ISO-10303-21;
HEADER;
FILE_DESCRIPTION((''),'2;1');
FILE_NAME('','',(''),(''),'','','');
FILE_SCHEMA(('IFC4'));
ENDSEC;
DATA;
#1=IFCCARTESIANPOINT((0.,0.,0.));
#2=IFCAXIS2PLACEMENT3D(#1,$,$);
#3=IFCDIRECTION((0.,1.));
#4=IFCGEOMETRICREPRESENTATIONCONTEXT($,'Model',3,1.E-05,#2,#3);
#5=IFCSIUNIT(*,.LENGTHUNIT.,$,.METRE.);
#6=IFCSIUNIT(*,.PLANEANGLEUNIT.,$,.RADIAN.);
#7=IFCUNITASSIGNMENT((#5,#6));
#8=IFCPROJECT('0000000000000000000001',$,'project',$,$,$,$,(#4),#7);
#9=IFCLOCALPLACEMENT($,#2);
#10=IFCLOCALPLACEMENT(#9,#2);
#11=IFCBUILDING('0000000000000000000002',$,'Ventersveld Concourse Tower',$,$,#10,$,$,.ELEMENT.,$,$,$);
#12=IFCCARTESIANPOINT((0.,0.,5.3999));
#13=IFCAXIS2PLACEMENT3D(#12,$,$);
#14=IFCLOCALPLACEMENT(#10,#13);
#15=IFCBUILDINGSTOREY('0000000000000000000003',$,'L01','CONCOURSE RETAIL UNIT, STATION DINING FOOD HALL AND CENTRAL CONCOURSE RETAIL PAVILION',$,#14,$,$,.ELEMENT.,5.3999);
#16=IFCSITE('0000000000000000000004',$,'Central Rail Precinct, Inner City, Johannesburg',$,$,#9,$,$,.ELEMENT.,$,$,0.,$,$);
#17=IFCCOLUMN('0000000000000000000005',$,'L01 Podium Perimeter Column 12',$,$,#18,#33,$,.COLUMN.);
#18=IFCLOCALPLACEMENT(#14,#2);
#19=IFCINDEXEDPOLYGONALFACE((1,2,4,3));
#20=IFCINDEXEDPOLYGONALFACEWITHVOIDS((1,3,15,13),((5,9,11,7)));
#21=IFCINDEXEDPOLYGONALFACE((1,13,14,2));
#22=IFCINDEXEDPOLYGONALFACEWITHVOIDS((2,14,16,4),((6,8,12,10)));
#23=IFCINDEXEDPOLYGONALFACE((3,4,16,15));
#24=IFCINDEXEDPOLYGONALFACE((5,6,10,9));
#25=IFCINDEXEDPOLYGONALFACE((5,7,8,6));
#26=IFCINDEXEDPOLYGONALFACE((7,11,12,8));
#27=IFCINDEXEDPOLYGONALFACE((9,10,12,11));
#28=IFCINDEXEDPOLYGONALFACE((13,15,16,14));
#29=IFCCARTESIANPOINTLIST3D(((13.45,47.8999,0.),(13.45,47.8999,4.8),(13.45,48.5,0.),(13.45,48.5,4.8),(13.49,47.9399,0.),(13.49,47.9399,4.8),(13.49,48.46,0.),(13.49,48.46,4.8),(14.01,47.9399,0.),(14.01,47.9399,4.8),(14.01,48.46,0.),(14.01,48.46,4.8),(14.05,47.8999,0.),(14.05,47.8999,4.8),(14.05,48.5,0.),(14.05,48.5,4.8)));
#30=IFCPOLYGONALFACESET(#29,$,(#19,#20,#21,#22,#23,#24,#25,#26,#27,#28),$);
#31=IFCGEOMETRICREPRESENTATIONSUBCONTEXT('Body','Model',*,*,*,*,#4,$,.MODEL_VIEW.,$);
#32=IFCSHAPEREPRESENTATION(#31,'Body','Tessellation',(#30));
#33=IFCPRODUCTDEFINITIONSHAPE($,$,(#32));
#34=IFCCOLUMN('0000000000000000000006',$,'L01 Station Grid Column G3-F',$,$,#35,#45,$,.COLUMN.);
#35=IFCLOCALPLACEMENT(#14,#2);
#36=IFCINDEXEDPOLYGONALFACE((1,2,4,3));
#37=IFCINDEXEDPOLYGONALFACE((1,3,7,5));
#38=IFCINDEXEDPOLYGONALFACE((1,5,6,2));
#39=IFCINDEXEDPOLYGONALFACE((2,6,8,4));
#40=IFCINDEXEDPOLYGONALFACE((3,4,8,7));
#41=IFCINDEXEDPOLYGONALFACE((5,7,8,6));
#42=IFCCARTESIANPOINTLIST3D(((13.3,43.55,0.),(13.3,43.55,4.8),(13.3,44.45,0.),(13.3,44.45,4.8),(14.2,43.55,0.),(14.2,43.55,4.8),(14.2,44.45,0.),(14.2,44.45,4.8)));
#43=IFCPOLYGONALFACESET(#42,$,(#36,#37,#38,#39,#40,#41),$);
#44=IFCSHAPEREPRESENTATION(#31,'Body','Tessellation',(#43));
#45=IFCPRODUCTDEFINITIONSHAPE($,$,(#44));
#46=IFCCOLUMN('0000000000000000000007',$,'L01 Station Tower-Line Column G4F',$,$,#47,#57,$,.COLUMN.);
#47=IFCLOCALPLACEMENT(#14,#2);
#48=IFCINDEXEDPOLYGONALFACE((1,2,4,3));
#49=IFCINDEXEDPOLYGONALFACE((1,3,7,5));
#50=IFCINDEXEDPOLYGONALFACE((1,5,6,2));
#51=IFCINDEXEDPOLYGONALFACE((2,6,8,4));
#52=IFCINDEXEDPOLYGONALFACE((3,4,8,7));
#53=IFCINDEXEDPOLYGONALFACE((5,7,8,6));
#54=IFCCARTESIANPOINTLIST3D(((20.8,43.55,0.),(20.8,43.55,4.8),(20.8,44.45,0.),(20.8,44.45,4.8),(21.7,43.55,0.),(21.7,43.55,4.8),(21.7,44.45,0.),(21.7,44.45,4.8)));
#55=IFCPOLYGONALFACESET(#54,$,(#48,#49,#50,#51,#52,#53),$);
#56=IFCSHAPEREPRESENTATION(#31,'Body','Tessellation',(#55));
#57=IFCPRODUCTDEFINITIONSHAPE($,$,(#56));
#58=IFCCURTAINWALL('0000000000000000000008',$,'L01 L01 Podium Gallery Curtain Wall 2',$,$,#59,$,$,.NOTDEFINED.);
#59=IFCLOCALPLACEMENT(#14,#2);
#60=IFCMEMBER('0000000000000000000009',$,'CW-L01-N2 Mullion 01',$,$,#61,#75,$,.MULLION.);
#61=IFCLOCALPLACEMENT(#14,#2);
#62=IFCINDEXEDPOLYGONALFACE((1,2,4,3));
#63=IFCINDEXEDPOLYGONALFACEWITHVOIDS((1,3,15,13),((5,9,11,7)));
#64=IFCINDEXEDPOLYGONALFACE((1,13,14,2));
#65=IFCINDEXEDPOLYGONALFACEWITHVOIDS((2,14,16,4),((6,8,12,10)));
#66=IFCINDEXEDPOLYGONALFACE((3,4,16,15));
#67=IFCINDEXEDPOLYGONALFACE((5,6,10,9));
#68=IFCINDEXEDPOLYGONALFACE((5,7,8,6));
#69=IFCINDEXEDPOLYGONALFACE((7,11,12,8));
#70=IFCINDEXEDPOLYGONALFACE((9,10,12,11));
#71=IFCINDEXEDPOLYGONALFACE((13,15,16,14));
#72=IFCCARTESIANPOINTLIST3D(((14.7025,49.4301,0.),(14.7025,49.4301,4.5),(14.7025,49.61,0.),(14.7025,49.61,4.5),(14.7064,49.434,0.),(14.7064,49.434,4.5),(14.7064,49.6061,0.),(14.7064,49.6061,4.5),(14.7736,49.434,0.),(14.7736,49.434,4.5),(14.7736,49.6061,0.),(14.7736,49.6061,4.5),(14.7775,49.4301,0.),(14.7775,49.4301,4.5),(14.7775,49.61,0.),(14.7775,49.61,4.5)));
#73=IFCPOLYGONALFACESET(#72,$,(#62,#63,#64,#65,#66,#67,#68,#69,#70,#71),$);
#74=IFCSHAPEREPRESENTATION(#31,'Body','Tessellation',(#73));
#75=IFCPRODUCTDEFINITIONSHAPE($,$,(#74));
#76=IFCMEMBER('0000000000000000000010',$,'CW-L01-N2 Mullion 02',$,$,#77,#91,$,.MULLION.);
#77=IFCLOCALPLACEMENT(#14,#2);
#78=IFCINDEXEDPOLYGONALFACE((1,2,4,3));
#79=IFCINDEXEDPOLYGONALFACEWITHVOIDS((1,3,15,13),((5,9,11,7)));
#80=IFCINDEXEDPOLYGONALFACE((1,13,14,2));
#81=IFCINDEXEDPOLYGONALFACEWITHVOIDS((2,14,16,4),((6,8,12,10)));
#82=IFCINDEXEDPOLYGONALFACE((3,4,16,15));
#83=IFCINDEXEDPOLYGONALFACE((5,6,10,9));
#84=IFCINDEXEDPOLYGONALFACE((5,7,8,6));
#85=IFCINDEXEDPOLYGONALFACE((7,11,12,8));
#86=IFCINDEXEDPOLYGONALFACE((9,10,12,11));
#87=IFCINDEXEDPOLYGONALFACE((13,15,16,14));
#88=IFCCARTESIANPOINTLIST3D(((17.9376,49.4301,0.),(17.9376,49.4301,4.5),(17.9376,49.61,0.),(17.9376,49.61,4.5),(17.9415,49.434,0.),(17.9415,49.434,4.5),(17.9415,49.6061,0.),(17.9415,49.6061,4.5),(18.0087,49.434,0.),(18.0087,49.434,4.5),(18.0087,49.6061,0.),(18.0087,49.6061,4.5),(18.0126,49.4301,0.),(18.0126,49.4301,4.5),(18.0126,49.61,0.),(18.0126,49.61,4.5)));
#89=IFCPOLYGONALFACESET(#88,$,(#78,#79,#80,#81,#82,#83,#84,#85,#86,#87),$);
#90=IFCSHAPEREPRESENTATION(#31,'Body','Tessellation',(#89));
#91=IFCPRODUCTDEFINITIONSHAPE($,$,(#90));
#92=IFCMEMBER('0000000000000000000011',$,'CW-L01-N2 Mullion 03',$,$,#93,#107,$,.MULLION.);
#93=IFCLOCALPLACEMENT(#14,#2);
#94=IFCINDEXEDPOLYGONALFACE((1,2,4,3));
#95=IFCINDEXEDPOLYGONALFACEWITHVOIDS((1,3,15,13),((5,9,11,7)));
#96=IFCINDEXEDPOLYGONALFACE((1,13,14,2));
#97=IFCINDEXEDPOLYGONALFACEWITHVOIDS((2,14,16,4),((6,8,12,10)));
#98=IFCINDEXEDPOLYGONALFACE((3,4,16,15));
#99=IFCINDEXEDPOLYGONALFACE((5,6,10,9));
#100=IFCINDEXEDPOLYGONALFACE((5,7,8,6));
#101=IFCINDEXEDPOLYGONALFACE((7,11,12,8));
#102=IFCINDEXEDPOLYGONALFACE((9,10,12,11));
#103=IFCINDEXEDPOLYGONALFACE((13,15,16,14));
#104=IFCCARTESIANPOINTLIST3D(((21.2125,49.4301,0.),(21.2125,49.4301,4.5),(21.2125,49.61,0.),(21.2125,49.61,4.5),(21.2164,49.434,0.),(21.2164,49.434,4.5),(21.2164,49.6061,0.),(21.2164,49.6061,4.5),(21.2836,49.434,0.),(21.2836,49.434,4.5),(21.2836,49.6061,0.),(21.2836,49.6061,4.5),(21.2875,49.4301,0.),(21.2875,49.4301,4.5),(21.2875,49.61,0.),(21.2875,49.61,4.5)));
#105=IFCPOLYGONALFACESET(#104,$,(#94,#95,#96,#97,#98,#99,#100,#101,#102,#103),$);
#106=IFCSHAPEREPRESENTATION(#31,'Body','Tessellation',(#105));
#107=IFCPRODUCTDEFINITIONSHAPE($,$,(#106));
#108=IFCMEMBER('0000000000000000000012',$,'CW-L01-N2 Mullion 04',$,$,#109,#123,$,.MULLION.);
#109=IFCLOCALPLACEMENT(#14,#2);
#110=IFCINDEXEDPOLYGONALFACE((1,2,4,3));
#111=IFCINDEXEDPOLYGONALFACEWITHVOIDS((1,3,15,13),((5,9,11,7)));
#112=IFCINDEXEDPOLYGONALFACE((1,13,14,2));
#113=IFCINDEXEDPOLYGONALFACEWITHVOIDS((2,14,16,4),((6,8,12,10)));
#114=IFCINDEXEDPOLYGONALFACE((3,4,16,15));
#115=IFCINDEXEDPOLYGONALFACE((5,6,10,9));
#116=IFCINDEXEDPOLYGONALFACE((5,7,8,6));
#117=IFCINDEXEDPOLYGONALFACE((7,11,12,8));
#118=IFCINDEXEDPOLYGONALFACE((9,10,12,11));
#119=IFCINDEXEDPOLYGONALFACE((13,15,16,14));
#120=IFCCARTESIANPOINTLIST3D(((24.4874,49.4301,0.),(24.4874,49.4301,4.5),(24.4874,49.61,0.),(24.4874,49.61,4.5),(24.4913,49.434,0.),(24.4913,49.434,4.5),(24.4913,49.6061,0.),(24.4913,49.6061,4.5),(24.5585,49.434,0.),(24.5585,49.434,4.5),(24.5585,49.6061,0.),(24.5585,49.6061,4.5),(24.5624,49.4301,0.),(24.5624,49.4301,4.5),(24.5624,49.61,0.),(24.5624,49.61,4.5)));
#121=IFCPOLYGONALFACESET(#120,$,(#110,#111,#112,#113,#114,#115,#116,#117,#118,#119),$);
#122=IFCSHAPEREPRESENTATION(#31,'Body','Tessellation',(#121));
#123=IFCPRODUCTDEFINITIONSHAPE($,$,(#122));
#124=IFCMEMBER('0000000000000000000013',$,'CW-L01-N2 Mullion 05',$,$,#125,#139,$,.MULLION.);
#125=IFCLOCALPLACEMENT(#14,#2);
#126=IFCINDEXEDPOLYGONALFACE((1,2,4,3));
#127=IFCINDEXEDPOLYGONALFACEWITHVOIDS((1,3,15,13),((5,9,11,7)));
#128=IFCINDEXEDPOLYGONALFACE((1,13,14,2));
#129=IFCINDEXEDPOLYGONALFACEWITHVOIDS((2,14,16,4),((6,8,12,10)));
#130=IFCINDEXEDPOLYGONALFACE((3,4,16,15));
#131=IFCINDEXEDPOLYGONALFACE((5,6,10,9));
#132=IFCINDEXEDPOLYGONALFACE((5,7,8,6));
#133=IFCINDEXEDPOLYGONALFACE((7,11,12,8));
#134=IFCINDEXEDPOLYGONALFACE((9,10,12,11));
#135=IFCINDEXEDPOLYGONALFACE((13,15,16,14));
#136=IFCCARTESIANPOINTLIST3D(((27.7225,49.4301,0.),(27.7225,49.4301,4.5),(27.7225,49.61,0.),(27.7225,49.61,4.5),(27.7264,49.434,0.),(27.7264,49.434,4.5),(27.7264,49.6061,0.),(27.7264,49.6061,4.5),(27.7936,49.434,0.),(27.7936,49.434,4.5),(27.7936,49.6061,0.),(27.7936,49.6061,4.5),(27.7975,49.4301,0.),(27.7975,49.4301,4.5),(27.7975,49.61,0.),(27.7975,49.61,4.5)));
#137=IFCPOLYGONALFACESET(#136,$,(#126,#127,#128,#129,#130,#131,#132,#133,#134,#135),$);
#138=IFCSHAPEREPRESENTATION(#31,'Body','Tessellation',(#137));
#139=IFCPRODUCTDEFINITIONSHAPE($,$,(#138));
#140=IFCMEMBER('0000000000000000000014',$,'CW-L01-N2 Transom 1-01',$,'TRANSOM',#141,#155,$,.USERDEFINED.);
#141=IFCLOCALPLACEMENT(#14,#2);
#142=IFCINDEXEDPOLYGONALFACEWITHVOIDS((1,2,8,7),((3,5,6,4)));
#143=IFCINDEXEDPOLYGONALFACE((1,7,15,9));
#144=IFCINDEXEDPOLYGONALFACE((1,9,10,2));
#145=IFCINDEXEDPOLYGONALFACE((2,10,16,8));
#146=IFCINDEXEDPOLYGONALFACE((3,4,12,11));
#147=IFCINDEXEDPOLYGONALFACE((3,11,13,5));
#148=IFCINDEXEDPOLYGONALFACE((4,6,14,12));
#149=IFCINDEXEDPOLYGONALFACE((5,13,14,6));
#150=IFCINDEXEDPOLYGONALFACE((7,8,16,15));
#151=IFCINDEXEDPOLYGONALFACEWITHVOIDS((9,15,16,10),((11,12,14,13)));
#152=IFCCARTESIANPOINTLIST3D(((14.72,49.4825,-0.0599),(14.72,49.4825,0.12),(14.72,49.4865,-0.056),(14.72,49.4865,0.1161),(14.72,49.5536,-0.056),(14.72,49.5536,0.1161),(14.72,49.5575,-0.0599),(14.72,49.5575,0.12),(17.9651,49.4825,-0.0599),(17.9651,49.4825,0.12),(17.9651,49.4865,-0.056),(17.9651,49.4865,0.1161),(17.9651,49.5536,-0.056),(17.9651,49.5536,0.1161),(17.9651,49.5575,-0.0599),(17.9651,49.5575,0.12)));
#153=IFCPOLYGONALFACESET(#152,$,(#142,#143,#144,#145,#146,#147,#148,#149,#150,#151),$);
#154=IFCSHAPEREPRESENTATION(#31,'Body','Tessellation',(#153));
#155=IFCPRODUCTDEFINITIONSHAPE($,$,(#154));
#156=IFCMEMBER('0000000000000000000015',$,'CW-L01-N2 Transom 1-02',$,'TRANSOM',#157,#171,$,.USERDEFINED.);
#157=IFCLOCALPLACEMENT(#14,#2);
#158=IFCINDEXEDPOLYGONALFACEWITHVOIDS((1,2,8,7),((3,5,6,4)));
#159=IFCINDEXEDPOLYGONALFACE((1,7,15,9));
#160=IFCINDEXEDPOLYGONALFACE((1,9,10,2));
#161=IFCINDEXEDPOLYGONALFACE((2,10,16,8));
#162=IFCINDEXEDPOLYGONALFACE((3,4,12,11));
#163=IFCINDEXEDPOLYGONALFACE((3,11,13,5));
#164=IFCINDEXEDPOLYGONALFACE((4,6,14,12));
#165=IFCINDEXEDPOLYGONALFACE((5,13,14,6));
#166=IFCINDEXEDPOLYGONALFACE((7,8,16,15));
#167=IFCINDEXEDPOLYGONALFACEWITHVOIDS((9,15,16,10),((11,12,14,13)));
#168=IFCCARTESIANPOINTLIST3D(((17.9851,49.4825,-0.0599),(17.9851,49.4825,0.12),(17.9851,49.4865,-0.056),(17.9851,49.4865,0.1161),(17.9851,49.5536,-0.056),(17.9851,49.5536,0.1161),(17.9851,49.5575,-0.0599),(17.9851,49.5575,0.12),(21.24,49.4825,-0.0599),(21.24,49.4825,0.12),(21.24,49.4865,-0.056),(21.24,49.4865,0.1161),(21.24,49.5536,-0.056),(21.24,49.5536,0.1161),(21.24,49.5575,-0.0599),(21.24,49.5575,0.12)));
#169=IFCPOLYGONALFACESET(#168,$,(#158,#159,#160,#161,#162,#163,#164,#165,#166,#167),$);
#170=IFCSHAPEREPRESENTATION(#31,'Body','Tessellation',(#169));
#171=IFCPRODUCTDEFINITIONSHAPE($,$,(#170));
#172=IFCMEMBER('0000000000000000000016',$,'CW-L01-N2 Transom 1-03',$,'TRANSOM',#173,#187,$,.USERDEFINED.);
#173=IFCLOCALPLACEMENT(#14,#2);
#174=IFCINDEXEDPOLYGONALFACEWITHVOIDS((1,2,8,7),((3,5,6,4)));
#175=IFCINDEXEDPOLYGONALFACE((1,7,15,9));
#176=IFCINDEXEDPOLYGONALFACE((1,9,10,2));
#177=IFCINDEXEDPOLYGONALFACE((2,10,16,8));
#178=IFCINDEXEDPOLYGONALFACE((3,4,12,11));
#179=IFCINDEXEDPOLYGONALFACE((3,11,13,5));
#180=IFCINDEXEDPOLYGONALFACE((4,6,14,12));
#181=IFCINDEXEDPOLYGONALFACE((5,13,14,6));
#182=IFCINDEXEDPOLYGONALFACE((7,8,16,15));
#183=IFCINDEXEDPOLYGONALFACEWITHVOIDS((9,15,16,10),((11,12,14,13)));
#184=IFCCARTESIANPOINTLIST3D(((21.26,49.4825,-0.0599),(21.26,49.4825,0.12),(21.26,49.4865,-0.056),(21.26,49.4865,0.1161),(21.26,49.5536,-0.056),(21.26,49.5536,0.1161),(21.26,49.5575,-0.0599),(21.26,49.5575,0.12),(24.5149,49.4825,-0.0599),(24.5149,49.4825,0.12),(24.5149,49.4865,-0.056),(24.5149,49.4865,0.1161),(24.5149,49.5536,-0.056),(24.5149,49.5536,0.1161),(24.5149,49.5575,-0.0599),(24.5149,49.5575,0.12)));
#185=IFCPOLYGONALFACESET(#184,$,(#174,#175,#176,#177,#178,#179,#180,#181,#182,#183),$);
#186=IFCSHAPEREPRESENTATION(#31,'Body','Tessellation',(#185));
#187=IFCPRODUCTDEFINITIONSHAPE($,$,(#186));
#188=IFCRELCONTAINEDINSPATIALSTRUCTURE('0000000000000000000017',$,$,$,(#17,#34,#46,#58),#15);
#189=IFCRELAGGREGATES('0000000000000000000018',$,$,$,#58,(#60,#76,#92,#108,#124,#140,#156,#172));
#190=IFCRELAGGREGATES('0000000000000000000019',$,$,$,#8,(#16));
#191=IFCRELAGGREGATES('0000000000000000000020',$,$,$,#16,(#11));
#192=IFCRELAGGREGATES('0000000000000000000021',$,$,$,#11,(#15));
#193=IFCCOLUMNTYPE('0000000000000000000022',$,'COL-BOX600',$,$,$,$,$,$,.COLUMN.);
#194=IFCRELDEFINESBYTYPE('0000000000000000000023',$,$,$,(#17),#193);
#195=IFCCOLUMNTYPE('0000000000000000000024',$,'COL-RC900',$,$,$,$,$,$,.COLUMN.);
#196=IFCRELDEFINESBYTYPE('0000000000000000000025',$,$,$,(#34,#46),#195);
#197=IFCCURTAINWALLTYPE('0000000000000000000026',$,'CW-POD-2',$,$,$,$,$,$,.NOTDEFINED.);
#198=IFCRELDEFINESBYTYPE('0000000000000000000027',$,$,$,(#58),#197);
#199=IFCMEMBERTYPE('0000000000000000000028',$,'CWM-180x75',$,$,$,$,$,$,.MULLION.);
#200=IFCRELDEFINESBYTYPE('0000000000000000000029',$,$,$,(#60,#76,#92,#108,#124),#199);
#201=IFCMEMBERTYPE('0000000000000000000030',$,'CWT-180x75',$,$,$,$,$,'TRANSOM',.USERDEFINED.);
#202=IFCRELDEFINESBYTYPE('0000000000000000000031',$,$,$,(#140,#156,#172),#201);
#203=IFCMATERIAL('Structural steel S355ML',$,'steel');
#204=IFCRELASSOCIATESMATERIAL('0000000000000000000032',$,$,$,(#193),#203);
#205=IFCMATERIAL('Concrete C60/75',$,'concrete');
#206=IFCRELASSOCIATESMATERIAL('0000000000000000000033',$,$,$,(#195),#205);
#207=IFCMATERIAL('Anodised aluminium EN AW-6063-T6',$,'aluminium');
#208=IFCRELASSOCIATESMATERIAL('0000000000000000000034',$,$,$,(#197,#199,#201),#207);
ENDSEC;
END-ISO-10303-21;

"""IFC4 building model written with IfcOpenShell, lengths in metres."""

from ifc_helpers import new_model, si_unit, direction, frame, origin, origin_2d, place, context, subcontext, project, spatial, rectangle, hollow_rectangle, extrude, material, material_profile, profile_set, type_object, element, aggregate, save


model = new_model("IFC4")

# Units and contexts
model_context = context("Model", 3, precision=1e-05, world=origin(), true_north=direction((0.0, 1.0)))
body_context = subcontext(model_context, "Body", "Model", "MODEL_VIEW")
ifc_project = project(units=[si_unit("LENGTHUNIT", "METRE"), si_unit("PLANEANGLEUNIT", "RADIAN")], contexts=[model_context])

# Site, building, storey
site_placement = place(None, origin())
site = spatial("IfcSite", under=ifc_project, at=site_placement, Name="Central Rail Precinct, Inner City, Johannesburg", CompositionType="ELEMENT", RefElevation=0.0)
building_placement = place(site_placement, origin())
building = spatial("IfcBuilding", under=site, at=building_placement, Name="Ventersveld Concourse Tower", CompositionType="ELEMENT")
storey_placement = place(building_placement, frame((0.0, 0.0, 5.3999)))
storey = spatial("IfcBuildingStorey", under=building, at=storey_placement, Name="L01", Description="CONCOURSE RETAIL UNIT, STATION DINING FOOD HALL AND CENTRAL CONCOURSE RETAIL PAVILION", CompositionType="ELEMENT", Elevation=5.3999)

# Columns
ifc_material_1 = material(Name="Structural steel S355ML", Category="steel")
ifc_material_profile_1 = material_profile(ifc_material_1, hollow_rectangle(XDim=0.6001, YDim=0.6001, WallThickness=0.04, at=origin_2d()), Name="BOX 600x600x40")
ifc_profile_set_1 = profile_set([ifc_material_profile_1], Name="Structural steel S355ML")
column_type_1 = type_object("IfcColumnType", Name="COL-BOX600", PredefinedType="COLUMN", material=ifc_profile_set_1)
column_placement = place(storey_placement, frame((13.75, 48.2, 0.0), z_axis=(0.0, 0.0, 1.0), x_axis=(1.0, 0.0, 0.0)))
element("IfcColumn", 1, at=column_placement, inside=storey, type_object=column_type_1, Name="L01 Podium Perimeter Column 12", PredefinedType="COLUMN", context=body_context, shape_type="SweptSolid", body=[
    extrude(hollow_rectangle(XDim=0.6001, YDim=0.6001, WallThickness=0.04, at=origin_2d()), origin(), (0.0, 0.0, 1.0), 4.8),
])
ifc_material_2 = material(Name="Concrete C60/75", Category="concrete")
ifc_material_profile_2 = material_profile(ifc_material_2, rectangle(XDim=0.8999, YDim=0.8999, at=origin_2d()), Name="RC 900x900")
ifc_profile_set_2 = profile_set([ifc_material_profile_2], Name="Concrete C60/75")
column_type_2 = type_object("IfcColumnType", Name="COL-RC900", PredefinedType="COLUMN", material=ifc_profile_set_2)
for number, where, z_axis, x_axis, name in (
    (2, (13.75, 44.0, 0.0), (0.0, 0.0, 1.0), (1.0, 0.0, 0.0), "L01 Station Grid Column G3-F"),
    (3, (21.25, 44.0, 0.0), (0.0, 0.0, 1.0), (1.0, 0.0, 0.0), "L01 Station Tower-Line Column G4F"),
):
    element("IfcColumn", number, at=place(storey_placement, frame(where, z_axis=z_axis, x_axis=x_axis)), inside=storey, type_object=column_type_2, Name=name, PredefinedType="COLUMN", context=body_context, shape_type="SweptSolid", body=[
        extrude(rectangle(XDim=0.8999, YDim=0.8999, at=origin_2d()), origin(), (0.0, 0.0, 1.0), 4.8),
    ])

# Curtain wall, members
ifc_material_3 = material(Name="Anodised aluminium EN AW-6063-T6", Category="aluminium")
curtain_wall_type = type_object("IfcCurtainWallType", Name="CW-POD-2", PredefinedType="NOTDEFINED", material=ifc_material_3)
curtain_wall_placement = place(storey_placement, origin())
curtain_wall = element("IfcCurtainWall", 4, at=curtain_wall_placement, inside=storey, type_object=curtain_wall_type, Name="L01 L01 Podium Gallery Curtain Wall 2", PredefinedType="NOTDEFINED")
ifc_material_profile_3 = material_profile(ifc_material_3, hollow_rectangle(XDim=0.075, YDim=0.1799, WallThickness=0.0039, at=origin_2d()), Name="ALU 180x75x4")
ifc_profile_set_3 = profile_set([ifc_material_profile_3], Name="Anodised aluminium EN AW-6063-T6")
member_type_1 = type_object("IfcMemberType", Name="CWM-180x75", PredefinedType="MULLION", material=ifc_profile_set_3)
member_1_placement = place(storey_placement, frame((14.74, 49.52, 0.0), z_axis=(0.0, 0.0, 1.0), x_axis=(1.0, 0.0, 0.0)))
member_1 = element("IfcMember", 5, at=member_1_placement, type_object=member_type_1, Name="CW-L01-N2 Mullion 01", PredefinedType="MULLION", context=body_context, shape_type="SweptSolid", body=[
    extrude(hollow_rectangle(XDim=0.075, YDim=0.1799, WallThickness=0.0039, at=origin_2d()), origin(), (0.0, 0.0, 1.0), 4.5),
])
member_2_placement = place(storey_placement, frame((17.9751, 49.52, 0.0), z_axis=(0.0, 0.0, 1.0), x_axis=(1.0, 0.0, 0.0)))
member_2 = element("IfcMember", 6, at=member_2_placement, type_object=member_type_1, Name="CW-L01-N2 Mullion 02", PredefinedType="MULLION", context=body_context, shape_type="SweptSolid", body=[
    extrude(hollow_rectangle(XDim=0.075, YDim=0.1799, WallThickness=0.0039, at=origin_2d()), origin(), (0.0, 0.0, 1.0), 4.5),
])
member_3_placement = place(storey_placement, frame((21.25, 49.52, 0.0), z_axis=(0.0, 0.0, 1.0), x_axis=(1.0, 0.0, 0.0)))
member_3 = element("IfcMember", 7, at=member_3_placement, type_object=member_type_1, Name="CW-L01-N2 Mullion 03", PredefinedType="MULLION", context=body_context, shape_type="SweptSolid", body=[
    extrude(hollow_rectangle(XDim=0.075, YDim=0.1799, WallThickness=0.0039, at=origin_2d()), origin(), (0.0, 0.0, 1.0), 4.5),
])
member_4_placement = place(storey_placement, frame((24.5249, 49.52, 0.0), z_axis=(0.0, 0.0, 1.0), x_axis=(1.0, 0.0, 0.0)))
member_4 = element("IfcMember", 8, at=member_4_placement, type_object=member_type_1, Name="CW-L01-N2 Mullion 04", PredefinedType="MULLION", context=body_context, shape_type="SweptSolid", body=[
    extrude(hollow_rectangle(XDim=0.075, YDim=0.1799, WallThickness=0.0039, at=origin_2d()), origin(), (0.0, 0.0, 1.0), 4.5),
])
member_5_placement = place(storey_placement, frame((27.76, 49.52, 0.0), z_axis=(0.0, 0.0, 1.0), x_axis=(1.0, 0.0, 0.0)))
member_5 = element("IfcMember", 9, at=member_5_placement, type_object=member_type_1, Name="CW-L01-N2 Mullion 05", PredefinedType="MULLION", context=body_context, shape_type="SweptSolid", body=[
    extrude(hollow_rectangle(XDim=0.075, YDim=0.1799, WallThickness=0.0039, at=origin_2d()), origin(), (0.0, 0.0, 1.0), 4.5),
])
ifc_material_profile_4 = material_profile(ifc_material_3, hollow_rectangle(XDim=0.075, YDim=0.1799, WallThickness=0.0039, at=origin_2d()), Name="ALU 180x75x4")
ifc_profile_set_4 = profile_set([ifc_material_profile_4], Name="Anodised aluminium EN AW-6063-T6")
member_type_2 = type_object("IfcMemberType", Name="CWT-180x75", ElementType="TRANSOM", PredefinedType="USERDEFINED", material=ifc_profile_set_4)
member_6_placement = place(storey_placement, frame((14.72, 49.52, 0.03), z_axis=(1.0, 0.0, 0.0), x_axis=(0.0, 1.0, 0.0)))
member_6 = element("IfcMember", 10, at=member_6_placement, type_object=member_type_2, Name="CW-L01-N2 Transom 1-01", ObjectType="TRANSOM", PredefinedType="USERDEFINED", context=body_context, shape_type="SweptSolid", body=[
    extrude(hollow_rectangle(XDim=0.075, YDim=0.1799, WallThickness=0.0039, at=origin_2d()), origin(), (0.0, 0.0, 1.0), 3.2451),
])
member_7_placement = place(storey_placement, frame((17.9851, 49.52, 0.03), z_axis=(1.0, 0.0, 0.0), x_axis=(0.0, 1.0, 0.0)))
member_7 = element("IfcMember", 11, at=member_7_placement, type_object=member_type_2, Name="CW-L01-N2 Transom 1-02", ObjectType="TRANSOM", PredefinedType="USERDEFINED", context=body_context, shape_type="SweptSolid", body=[
    extrude(hollow_rectangle(XDim=0.075, YDim=0.1799, WallThickness=0.0039, at=origin_2d()), origin(), (0.0, 0.0, 1.0), 3.2549),
])
member_8_placement = place(storey_placement, frame((21.26, 49.52, 0.03), z_axis=(1.0, 0.0, 0.0), x_axis=(0.0, 1.0, 0.0)))
member_8 = element("IfcMember", 12, at=member_8_placement, type_object=member_type_2, Name="CW-L01-N2 Transom 1-03", ObjectType="TRANSOM", PredefinedType="USERDEFINED", context=body_context, shape_type="SweptSolid", body=[
    extrude(hollow_rectangle(XDim=0.075, YDim=0.1799, WallThickness=0.0039, at=origin_2d()), origin(), (0.0, 0.0, 1.0), 3.2549),
])

aggregate(curtain_wall, [member_1, member_2, member_3, member_4, member_5, member_6, member_7, member_8])

save(model, "model.ifc")
